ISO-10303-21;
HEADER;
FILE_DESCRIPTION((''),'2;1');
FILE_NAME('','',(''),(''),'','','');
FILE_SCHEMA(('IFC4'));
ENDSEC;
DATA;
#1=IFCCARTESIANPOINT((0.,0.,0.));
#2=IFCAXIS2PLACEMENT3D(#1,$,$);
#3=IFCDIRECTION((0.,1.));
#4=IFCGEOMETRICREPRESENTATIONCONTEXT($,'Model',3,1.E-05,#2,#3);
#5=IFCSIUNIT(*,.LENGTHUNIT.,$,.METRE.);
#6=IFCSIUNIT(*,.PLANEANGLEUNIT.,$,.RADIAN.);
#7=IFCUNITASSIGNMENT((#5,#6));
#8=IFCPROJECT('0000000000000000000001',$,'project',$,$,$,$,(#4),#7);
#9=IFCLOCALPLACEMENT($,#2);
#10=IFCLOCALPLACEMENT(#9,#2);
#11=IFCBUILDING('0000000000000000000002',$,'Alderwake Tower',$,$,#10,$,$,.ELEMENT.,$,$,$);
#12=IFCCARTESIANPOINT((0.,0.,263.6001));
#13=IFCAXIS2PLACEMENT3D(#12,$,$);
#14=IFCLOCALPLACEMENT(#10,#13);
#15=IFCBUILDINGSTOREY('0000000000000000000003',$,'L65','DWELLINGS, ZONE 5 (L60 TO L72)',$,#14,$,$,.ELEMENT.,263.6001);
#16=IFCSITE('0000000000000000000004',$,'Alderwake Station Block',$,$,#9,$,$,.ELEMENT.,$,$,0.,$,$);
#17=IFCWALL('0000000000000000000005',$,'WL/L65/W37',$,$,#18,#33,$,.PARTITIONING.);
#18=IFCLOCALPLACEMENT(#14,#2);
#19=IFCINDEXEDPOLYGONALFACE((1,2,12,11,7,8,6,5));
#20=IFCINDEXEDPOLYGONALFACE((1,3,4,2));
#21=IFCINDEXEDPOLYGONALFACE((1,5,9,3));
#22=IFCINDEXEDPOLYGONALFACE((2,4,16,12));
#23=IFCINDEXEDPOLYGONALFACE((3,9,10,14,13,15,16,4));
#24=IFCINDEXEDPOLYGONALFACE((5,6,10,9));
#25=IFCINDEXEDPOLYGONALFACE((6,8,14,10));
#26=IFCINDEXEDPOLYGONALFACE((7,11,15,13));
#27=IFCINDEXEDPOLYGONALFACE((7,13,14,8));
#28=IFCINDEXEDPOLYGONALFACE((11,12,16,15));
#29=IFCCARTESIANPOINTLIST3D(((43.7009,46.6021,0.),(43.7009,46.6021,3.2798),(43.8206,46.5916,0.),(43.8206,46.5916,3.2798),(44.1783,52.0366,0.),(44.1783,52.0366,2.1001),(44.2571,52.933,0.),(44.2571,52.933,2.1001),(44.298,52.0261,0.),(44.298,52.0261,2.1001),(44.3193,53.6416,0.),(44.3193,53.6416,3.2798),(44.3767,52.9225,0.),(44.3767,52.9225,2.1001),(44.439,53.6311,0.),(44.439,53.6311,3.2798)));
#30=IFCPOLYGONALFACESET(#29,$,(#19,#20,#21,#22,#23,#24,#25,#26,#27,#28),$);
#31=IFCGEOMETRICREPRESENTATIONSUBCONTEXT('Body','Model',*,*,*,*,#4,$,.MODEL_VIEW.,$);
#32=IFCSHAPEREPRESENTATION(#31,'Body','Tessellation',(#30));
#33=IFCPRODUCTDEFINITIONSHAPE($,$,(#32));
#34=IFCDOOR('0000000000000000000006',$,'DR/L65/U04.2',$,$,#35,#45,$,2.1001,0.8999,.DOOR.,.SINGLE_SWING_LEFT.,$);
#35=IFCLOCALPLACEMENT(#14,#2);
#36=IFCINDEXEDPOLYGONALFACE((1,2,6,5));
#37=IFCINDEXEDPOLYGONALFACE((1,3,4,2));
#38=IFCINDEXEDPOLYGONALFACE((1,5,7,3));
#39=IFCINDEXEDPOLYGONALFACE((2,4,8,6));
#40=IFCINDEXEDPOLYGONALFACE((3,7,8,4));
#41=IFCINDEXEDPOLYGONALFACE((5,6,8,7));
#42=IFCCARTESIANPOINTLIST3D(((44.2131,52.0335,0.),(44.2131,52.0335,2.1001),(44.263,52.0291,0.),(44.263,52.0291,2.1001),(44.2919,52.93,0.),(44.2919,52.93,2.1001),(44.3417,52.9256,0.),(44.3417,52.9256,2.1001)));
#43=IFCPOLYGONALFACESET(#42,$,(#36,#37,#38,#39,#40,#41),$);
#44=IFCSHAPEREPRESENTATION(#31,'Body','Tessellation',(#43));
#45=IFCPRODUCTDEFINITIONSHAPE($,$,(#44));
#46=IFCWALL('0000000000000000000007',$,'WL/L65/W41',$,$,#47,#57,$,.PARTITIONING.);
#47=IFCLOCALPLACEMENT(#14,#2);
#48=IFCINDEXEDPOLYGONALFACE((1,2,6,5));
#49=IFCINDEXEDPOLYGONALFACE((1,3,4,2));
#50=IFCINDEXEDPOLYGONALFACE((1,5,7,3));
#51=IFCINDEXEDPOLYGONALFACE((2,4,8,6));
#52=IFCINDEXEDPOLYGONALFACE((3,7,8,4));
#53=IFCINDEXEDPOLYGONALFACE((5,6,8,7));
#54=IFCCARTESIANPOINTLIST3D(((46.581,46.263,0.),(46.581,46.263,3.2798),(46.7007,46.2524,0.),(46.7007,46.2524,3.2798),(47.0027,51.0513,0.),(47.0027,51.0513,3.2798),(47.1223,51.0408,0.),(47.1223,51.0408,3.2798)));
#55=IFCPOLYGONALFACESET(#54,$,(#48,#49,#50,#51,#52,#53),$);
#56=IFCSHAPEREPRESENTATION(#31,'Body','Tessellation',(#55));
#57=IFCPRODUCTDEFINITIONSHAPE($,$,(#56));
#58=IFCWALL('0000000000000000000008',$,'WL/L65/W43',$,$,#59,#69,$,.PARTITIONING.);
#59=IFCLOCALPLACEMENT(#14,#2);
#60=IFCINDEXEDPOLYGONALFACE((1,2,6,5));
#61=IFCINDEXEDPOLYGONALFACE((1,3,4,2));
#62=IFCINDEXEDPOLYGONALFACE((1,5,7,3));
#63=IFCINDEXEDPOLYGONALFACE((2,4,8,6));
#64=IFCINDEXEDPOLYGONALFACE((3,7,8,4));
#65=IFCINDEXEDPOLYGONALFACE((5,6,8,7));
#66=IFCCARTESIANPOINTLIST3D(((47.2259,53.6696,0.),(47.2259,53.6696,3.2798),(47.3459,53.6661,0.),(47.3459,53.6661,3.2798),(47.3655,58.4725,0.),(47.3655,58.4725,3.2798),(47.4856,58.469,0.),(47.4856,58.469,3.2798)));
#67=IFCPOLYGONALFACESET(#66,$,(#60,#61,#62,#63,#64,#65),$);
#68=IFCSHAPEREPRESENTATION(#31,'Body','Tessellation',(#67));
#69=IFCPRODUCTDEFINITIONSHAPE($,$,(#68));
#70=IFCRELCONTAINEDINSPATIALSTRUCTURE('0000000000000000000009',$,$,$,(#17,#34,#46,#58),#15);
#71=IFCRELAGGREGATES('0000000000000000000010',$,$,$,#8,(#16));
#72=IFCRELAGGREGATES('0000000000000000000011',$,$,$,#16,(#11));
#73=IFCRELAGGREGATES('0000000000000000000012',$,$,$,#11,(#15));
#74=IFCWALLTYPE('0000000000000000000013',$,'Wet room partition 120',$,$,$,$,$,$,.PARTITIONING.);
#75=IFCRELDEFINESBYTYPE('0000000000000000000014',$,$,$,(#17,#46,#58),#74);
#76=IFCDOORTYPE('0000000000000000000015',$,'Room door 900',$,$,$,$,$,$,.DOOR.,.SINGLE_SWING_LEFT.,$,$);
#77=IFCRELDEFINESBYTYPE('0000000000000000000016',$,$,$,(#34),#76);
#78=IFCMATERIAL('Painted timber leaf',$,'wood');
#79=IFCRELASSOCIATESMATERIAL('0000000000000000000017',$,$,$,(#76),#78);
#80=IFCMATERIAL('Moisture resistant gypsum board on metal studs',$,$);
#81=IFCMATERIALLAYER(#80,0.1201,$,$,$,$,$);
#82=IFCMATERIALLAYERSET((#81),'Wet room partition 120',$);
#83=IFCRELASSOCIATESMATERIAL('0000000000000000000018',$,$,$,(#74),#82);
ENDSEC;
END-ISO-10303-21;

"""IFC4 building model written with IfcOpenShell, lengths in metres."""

from ifc_helpers import new_model, si_unit, direction, frame, frame_2d, origin, place, context, subcontext, project, spatial, rectangle, extrude, material, layer, layer_set, type_object, element, fill, save


model = new_model("IFC4")

# Units and contexts
model_context = context("Model", 3, precision=1e-05, world=origin(), true_north=direction((0.0, 1.0)))
body_context = subcontext(model_context, "Body", "Model", "MODEL_VIEW")
ifc_project = project(units=[si_unit("LENGTHUNIT", "METRE"), si_unit("PLANEANGLEUNIT", "RADIAN")], contexts=[model_context])

# Site, building, storey
site_placement = place(None, origin())
site = spatial("IfcSite", under=ifc_project, at=site_placement, Name="Alderwake Station Block", CompositionType="ELEMENT", RefElevation=0.0)
building_placement = place(site_placement, origin())
building = spatial("IfcBuilding", under=site, at=building_placement, Name="Alderwake Tower", CompositionType="ELEMENT")
storey_placement = place(building_placement, frame((0.0, 0.0, 263.6001)))
storey = spatial("IfcBuildingStorey", under=building, at=storey_placement, Name="L65", Description="DWELLINGS, ZONE 5 (L60 TO L72)", CompositionType="ELEMENT", Elevation=263.6001)

# Shared definitions
ifc_material_1 = material(Name="Painted timber leaf", Category="wood")
door_type_1 = type_object("IfcDoorType", Name="Room door 900", OperationType="SINGLE_SWING_LEFT", PredefinedType="DOOR", material=ifc_material_1)

# Shared definitions
ifc_material_2 = material(Name="Moisture resistant gypsum board on metal studs")
ifc_layer_1 = layer(ifc_material_2, 0.1201)
ifc_layer_set_1 = layer_set([ifc_layer_1], Name="Wet room partition 120")
wall_type_1 = type_object("IfcWallType", Name="Wet room partition 120", PredefinedType="PARTITIONING", material=ifc_layer_set_1)

# Wall, opening, door
wall_1_placement = place(storey_placement, frame((44.3792, 53.6362, 0.0), z_axis=(0.0, 0.0, 1.0), x_axis=(-0.087511, -0.996164, 0.0)))
wall_1 = element("IfcWall", 1, at=wall_1_placement, inside=storey, type_object=wall_type_1, Name="WL/L65/W37", PredefinedType="PARTITIONING", context=body_context, shape_type="SweptSolid", body=[
    extrude(rectangle(XDim=7.0667, YDim=0.1201, at=frame_2d((3.5332, 0.0))), origin(), (0.0, 0.0, 1.0), 3.2798),
])
opening_1_placement = place(wall_1_placement, frame((0.7112, 0.0, 0.0)))
opening_1 = element("IfcOpeningElement", 2, at=opening_1_placement, cuts=wall_1, PredefinedType="OPENING", context=body_context, shape_type="SweptSolid", body=[
    extrude(rectangle(XDim=0.8999, YDim=2.1001, at=frame_2d((0.45, 1.05))), frame((0.0, 0.0701, 0.0), z_axis=(0.0, -1.0, 0.0), x_axis=(1.0, 0.0, 0.0)), (0.0, 0.0, 1.0), 0.1401),
])
door_1_placement = place(opening_1_placement, origin())
door_1 = element("IfcDoor", 3, at=door_1_placement, inside=storey, type_object=door_type_1, Name="DR/L65/U04.2", OperationType="SINGLE_SWING_LEFT", OverallHeight=2.1001, OverallWidth=0.8999, PredefinedType="DOOR", context=body_context, shape_type="SweptSolid", body=[
    extrude(rectangle(XDim=0.8999, YDim=2.1001, at=frame_2d((0.45, 1.05))), frame((0.0, 0.0249, 0.0), z_axis=(0.0, -1.0, 0.0), x_axis=(1.0, 0.0, 0.0)), (0.0, 0.0, 1.0), 0.05),
])
fill(opening_1, door_1)

# Walls
wall_2_placement = place(storey_placement, frame((46.6409, 46.2578, 0.0), z_axis=(0.0, 0.0, 1.0), x_axis=(0.087714, 0.996146, 0.0)))
element("IfcWall", 4, at=wall_2_placement, inside=storey, type_object=wall_type_1, Name="WL/L65/W41", PredefinedType="PARTITIONING", context=body_context, shape_type="SweptSolid", body=[
    extrude(rectangle(XDim=4.8069, YDim=0.1201, at=frame_2d((2.4033, 0.0))), origin(), (0.0, 0.0, 1.0), 3.2798),
])
wall_3_placement = place(storey_placement, frame((47.2859, 53.668, 0.0), z_axis=(0.0, 0.0, 1.0), x_axis=(0.029063, 0.999578, 0.0)))
element("IfcWall", 5, at=wall_3_placement, inside=storey, type_object=wall_type_1, Name="WL/L65/W43", PredefinedType="PARTITIONING", context=body_context, shape_type="SweptSolid", body=[
    extrude(rectangle(XDim=4.8049, YDim=0.1201, at=frame_2d((2.4023, 0.0))), origin(), (0.0, 0.0, 1.0), 3.2798),
])

save(model, "model.ifc")
